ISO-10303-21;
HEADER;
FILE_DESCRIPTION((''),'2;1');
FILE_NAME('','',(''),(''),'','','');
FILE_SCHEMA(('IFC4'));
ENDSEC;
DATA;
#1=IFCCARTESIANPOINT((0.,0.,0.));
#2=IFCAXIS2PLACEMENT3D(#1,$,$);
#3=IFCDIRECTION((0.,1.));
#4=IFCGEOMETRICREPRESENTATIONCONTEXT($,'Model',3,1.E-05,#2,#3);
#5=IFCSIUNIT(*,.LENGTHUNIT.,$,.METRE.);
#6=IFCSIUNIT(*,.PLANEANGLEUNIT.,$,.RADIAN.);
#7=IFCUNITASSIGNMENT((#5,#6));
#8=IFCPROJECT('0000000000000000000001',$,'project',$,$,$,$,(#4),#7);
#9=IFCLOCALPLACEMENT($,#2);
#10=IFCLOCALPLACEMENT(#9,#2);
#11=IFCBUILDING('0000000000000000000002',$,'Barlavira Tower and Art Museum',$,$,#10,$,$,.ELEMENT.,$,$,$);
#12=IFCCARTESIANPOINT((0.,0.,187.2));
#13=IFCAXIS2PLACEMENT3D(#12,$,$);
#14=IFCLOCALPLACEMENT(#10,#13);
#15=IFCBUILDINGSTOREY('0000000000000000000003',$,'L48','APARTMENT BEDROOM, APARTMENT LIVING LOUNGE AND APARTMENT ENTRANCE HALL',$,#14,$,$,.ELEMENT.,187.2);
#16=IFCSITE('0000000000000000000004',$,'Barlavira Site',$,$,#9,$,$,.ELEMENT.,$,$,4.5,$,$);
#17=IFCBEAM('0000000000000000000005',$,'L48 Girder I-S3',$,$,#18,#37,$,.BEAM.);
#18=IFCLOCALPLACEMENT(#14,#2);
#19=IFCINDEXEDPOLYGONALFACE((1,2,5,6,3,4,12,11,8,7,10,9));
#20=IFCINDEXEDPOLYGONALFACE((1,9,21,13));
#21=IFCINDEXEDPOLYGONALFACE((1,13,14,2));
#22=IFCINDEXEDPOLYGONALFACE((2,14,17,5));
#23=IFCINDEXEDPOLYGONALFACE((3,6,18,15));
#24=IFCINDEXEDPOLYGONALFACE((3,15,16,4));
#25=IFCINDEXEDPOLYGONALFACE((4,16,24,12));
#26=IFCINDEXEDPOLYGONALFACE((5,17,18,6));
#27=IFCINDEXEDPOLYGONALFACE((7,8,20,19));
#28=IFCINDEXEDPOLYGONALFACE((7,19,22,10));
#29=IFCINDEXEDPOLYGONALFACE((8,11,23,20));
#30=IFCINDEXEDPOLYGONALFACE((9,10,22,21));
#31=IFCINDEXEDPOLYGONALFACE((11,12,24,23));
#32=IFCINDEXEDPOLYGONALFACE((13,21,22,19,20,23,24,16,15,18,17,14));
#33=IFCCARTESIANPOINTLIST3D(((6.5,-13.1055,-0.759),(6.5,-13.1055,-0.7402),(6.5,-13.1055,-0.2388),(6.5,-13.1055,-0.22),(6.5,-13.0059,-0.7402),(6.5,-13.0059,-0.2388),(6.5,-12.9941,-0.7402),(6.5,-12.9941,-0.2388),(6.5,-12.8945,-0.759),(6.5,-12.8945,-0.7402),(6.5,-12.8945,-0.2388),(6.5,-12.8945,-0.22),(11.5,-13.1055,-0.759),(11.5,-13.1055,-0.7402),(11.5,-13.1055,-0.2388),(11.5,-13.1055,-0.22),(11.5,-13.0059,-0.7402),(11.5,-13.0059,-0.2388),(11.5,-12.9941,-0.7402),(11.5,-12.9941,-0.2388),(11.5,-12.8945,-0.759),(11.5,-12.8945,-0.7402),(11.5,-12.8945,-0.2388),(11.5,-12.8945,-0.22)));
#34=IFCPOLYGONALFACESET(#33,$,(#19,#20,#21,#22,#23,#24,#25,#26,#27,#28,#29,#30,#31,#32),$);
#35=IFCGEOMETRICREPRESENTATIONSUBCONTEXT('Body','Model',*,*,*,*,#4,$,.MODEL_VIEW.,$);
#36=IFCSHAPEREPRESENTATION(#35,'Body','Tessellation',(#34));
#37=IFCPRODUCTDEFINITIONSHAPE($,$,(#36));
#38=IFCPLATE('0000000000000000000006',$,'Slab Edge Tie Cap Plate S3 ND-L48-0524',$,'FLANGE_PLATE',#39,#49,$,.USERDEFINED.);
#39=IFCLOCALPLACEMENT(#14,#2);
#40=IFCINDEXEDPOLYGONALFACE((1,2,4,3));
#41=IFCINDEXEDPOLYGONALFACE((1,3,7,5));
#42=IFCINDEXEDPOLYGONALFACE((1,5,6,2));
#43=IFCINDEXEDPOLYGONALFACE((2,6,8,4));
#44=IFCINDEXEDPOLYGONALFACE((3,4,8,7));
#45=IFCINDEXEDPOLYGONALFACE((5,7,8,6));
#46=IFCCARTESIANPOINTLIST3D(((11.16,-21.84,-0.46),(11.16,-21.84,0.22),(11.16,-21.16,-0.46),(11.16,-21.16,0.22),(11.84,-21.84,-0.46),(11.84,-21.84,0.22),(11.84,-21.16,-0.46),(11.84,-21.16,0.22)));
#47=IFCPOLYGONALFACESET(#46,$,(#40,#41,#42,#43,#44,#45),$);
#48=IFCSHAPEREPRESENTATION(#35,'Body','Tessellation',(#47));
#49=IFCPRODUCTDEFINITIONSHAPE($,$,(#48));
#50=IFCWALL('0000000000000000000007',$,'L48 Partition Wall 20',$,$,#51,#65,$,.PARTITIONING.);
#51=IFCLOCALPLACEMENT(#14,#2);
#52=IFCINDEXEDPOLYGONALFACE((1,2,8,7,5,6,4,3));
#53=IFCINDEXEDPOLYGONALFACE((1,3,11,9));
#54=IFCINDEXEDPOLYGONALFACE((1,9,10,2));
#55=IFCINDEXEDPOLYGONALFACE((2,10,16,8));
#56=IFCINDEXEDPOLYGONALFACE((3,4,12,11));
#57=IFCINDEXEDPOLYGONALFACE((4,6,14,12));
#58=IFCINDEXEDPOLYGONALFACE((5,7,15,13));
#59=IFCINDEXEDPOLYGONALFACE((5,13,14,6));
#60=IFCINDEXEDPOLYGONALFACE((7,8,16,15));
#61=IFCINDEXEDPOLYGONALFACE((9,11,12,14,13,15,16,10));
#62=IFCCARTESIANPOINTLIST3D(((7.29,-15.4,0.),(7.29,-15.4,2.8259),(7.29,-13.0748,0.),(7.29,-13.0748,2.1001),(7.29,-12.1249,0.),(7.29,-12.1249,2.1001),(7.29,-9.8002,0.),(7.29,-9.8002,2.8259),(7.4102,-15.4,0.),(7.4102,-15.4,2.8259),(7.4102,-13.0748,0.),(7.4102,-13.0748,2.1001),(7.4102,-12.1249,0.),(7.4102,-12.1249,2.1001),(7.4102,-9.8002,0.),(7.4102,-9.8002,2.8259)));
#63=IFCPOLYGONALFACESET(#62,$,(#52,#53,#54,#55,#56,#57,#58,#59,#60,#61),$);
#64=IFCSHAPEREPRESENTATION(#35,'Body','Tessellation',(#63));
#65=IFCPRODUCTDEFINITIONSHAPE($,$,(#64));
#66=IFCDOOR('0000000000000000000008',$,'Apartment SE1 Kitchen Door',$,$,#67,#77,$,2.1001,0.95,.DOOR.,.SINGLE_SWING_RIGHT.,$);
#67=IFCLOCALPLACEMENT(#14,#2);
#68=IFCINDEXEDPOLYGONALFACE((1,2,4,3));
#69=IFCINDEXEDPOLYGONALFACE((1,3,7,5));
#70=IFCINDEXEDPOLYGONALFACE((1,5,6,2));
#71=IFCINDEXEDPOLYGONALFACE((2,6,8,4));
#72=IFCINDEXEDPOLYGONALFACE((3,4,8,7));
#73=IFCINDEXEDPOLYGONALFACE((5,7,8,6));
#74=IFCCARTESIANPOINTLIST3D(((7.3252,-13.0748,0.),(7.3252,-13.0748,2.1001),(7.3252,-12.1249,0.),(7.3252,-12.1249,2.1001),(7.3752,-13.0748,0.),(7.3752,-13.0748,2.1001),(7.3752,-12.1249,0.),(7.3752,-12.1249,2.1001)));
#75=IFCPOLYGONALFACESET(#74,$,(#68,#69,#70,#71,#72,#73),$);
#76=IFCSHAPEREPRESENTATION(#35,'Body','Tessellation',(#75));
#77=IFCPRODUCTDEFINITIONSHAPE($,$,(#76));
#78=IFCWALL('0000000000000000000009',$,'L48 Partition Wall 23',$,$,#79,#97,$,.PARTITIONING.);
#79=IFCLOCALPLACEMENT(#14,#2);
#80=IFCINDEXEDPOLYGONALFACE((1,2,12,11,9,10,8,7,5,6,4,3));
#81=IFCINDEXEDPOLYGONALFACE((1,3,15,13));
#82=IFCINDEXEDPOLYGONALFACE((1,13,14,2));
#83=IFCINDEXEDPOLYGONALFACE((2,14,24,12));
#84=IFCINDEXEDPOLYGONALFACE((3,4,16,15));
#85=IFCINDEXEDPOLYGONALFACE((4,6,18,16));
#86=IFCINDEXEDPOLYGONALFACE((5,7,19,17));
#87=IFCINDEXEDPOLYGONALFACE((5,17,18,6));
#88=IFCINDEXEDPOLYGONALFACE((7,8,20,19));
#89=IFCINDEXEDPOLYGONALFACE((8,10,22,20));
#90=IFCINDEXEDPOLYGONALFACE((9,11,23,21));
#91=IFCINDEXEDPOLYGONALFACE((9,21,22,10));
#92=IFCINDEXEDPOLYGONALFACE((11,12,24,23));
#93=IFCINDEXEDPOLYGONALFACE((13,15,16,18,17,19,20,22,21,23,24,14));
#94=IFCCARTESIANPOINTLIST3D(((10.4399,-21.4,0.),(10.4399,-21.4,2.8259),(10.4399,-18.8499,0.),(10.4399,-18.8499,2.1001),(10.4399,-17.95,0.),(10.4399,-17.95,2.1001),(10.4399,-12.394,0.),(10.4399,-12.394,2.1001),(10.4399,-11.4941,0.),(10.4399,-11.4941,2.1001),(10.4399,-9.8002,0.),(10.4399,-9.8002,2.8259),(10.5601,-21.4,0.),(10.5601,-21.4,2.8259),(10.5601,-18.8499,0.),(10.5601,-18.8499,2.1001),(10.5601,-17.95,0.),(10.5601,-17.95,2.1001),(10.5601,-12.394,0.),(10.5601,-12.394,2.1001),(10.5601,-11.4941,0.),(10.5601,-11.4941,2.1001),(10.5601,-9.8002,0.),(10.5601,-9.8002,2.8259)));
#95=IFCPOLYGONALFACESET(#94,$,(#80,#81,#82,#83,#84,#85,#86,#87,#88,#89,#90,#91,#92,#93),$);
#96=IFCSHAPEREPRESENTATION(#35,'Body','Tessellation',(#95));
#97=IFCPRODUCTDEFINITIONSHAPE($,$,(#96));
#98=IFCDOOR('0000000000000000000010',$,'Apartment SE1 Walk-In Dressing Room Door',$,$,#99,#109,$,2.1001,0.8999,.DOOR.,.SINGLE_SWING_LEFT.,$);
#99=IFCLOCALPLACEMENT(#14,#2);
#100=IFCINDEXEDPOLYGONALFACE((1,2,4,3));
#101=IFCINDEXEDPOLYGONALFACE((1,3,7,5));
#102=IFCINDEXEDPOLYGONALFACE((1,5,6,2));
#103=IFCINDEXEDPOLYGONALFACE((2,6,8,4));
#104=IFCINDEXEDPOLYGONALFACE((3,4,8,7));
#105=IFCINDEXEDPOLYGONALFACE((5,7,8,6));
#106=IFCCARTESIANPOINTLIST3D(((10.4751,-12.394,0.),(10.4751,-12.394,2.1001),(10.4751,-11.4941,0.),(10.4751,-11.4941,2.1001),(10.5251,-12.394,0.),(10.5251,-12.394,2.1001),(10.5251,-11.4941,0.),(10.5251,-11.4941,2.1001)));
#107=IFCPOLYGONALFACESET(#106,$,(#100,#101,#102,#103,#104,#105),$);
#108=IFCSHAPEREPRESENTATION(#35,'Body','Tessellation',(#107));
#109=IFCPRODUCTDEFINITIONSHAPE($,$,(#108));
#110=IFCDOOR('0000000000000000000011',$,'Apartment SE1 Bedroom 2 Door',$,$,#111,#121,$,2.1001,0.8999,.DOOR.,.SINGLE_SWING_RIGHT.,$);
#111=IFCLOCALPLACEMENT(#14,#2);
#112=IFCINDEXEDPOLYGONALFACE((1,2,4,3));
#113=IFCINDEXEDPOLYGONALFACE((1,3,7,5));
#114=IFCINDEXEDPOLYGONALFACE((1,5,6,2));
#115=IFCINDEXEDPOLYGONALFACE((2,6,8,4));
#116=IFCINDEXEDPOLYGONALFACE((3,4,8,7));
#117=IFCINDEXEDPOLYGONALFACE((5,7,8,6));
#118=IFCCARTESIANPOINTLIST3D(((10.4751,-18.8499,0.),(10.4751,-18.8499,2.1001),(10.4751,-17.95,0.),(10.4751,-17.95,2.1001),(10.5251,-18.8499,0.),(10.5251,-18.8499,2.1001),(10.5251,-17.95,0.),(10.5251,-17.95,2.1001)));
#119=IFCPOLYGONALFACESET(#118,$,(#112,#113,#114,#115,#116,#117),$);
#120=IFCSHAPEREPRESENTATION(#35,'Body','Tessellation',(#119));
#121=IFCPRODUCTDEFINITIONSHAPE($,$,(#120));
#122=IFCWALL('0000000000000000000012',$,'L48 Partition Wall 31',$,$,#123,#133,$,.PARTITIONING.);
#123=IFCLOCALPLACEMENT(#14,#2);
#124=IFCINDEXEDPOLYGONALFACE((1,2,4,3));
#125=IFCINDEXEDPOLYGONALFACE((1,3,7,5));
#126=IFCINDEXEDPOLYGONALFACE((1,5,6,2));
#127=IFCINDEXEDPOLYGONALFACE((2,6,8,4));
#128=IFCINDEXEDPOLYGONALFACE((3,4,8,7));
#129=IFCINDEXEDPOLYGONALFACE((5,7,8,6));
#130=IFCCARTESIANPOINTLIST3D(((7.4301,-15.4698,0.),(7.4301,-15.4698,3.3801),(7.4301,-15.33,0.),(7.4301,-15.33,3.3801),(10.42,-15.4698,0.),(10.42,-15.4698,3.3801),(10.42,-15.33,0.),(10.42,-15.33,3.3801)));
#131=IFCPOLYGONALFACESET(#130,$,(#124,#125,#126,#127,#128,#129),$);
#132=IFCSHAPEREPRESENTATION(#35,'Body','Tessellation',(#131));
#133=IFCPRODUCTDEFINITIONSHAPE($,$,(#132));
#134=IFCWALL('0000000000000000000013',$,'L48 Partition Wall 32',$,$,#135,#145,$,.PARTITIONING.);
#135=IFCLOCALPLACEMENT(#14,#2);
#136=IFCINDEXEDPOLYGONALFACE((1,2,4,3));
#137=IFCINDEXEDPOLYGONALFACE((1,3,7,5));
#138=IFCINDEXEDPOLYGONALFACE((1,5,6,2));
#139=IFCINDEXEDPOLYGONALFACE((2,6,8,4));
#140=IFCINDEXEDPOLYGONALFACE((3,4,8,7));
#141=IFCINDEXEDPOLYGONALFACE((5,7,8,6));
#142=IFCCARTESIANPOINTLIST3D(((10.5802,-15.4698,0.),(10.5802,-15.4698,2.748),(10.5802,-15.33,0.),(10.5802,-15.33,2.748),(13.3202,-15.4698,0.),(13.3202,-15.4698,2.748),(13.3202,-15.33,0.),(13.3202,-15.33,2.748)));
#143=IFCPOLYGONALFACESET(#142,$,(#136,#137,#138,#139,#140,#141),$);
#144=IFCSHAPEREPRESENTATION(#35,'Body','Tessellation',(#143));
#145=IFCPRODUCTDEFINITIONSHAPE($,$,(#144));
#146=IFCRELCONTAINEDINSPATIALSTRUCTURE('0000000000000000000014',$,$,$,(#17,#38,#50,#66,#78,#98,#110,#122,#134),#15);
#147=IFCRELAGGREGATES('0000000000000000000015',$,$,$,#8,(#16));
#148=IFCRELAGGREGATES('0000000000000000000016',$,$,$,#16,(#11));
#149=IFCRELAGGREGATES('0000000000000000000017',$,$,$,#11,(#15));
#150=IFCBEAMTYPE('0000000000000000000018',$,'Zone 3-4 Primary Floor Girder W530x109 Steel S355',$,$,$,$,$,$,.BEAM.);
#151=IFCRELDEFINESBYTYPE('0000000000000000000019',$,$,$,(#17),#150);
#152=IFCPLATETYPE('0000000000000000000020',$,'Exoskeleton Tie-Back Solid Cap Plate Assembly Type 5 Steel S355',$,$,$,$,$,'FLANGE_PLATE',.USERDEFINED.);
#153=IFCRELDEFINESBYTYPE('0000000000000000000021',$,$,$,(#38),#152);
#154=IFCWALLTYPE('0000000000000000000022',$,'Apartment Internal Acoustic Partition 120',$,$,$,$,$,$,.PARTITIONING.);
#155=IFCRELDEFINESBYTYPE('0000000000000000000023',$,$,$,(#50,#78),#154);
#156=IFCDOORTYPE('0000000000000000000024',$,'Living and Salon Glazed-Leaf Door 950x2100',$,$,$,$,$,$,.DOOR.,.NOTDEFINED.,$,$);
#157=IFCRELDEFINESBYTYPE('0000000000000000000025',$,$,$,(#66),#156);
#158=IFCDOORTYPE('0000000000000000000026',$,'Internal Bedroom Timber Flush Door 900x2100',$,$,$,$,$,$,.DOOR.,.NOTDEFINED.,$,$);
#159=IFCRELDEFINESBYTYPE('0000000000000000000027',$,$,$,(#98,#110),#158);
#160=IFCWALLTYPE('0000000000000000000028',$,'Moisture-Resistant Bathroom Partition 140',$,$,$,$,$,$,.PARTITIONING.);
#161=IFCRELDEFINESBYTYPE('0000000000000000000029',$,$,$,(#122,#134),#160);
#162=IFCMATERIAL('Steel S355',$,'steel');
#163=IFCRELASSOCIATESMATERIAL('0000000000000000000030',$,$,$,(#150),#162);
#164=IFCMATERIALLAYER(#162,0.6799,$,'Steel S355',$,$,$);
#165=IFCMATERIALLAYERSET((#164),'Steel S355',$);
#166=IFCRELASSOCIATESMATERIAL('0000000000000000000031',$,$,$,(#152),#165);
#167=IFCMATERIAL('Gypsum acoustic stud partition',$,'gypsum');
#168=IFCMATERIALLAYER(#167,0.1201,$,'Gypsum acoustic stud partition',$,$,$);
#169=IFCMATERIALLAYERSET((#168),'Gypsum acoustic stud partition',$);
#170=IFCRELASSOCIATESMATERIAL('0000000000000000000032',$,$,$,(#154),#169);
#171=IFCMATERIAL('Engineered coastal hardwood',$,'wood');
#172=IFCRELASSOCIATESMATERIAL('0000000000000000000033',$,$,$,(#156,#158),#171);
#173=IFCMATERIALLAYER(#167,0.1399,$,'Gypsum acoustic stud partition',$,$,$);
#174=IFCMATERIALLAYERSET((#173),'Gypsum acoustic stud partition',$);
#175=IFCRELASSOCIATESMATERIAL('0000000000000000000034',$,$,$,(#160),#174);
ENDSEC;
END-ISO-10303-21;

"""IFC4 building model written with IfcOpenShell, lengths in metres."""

from ifc_helpers import new_model, si_unit, direction, frame, frame_2d, origin, origin_2d, place, context, subcontext, project, spatial, rectangle, i_section, extrude, material, layer, layer_set, material_profile, profile_set, type_object, element, fill, save


model = new_model("IFC4")

# Units and contexts
model_context = context("Model", 3, precision=1e-05, world=origin(), true_north=direction((0.0, 1.0)))
body_context = subcontext(model_context, "Body", "Model", "MODEL_VIEW")
ifc_project = project(units=[si_unit("LENGTHUNIT", "METRE"), si_unit("PLANEANGLEUNIT", "RADIAN")], contexts=[model_context])

# Site, building, storey
site_placement = place(None, origin())
site = spatial("IfcSite", under=ifc_project, at=site_placement, Name="Barlavira Site", CompositionType="ELEMENT", RefElevation=4.5)
building_placement = place(site_placement, origin())
building = spatial("IfcBuilding", under=site, at=building_placement, Name="Barlavira Tower and Art Museum", CompositionType="ELEMENT")
storey_placement = place(building_placement, frame((0.0, 0.0, 187.2)))
storey = spatial("IfcBuildingStorey", under=building, at=storey_placement, Name="L48", Description="APARTMENT BEDROOM, APARTMENT LIVING LOUNGE AND APARTMENT ENTRANCE HALL", CompositionType="ELEMENT", Elevation=187.2)

# Shared definitions
ifc_material_1 = material(Name="Steel S355", Category="steel")

# Beam
ifc_material_profile_1 = material_profile(ifc_material_1, i_section(OverallWidth=0.2109, OverallDepth=0.5391, WebThickness=0.0117, FlangeThickness=0.0188, at=origin_2d()), Name="W530x109.0")
ifc_profile_set_1 = profile_set([ifc_material_profile_1], Name="Steel S355")
beam_type_1 = type_object("IfcBeamType", Name="Zone 3-4 Primary Floor Girder W530x109 Steel S355", PredefinedType="BEAM", material=ifc_profile_set_1)
beam_1_placement = place(storey_placement, frame((6.5, -13.0, -0.4895), z_axis=(1.0, 0.0, 0.0), x_axis=(0.0, 1.0, 0.0)))
element("IfcBeam", 1, at=beam_1_placement, inside=storey, type_object=beam_type_1, Name="L48 Girder I-S3", PredefinedType="BEAM", context=body_context, shape_type="SweptSolid", body=[
    extrude(i_section(OverallWidth=0.2109, OverallDepth=0.5391, WebThickness=0.0117, FlangeThickness=0.0188, at=origin_2d()), origin(), (0.0, 0.0, 1.0), 5.0),
])

# Plate
ifc_layer_1 = layer(ifc_material_1, 0.6799, Name="Steel S355")
ifc_layer_set_1 = layer_set([ifc_layer_1], Name="Steel S355")
plate_type = type_object("IfcPlateType", Name="Exoskeleton Tie-Back Solid Cap Plate Assembly Type 5 Steel S355", ElementType="FLANGE_PLATE", PredefinedType="USERDEFINED", material=ifc_layer_set_1)
plate_placement = place(storey_placement, frame((11.5, -21.5, -0.46), z_axis=(0.0, 0.0, 1.0), x_axis=(1.0, 0.0, 0.0)))
element("IfcPlate", 2, at=plate_placement, inside=storey, type_object=plate_type, Name="Slab Edge Tie Cap Plate S3 ND-L48-0524", ObjectType="FLANGE_PLATE", PredefinedType="USERDEFINED", context=body_context, shape_type="SweptSolid", body=[
    extrude(rectangle(XDim=0.6799, YDim=0.6799, at=origin_2d()), origin(), (0.0, 0.0, 1.0), 0.6799),
])

# Wall, opening, door
ifc_material_2 = material(Name="Gypsum acoustic stud partition", Category="gypsum")
ifc_layer_2 = layer(ifc_material_2, 0.1201, Name="Gypsum acoustic stud partition")
ifc_layer_set_2 = layer_set([ifc_layer_2], Name="Gypsum acoustic stud partition")
wall_type_1 = type_object("IfcWallType", Name="Apartment Internal Acoustic Partition 120", PredefinedType="PARTITIONING", material=ifc_layer_set_2)
wall_1_placement = place(storey_placement, frame((7.3501, -15.3999, 0.0), z_axis=(0.0, 0.0, 1.0), x_axis=(0.0, 1.0, 0.0)))
wall_1 = element("IfcWall", 3, at=wall_1_placement, inside=storey, type_object=wall_type_1, Name="L48 Partition Wall 20", PredefinedType="PARTITIONING", context=body_context, shape_type="SweptSolid", body=[
    extrude(rectangle(XDim=5.5999, YDim=0.1201, at=frame_2d((2.7998, 0.0))), origin(), (0.0, 0.0, 1.0), 2.8259),
])
opening_1_placement = place(wall_1_placement, frame((2.325, 0.0, 0.0)))
opening_1 = element("IfcOpeningElement", 4, at=opening_1_placement, cuts=wall_1, PredefinedType="OPENING", context=body_context, shape_type="SweptSolid", body=[
    extrude(rectangle(XDim=0.95, YDim=2.1001, at=frame_2d((0.4751, 1.05))), frame((0.0, 0.0701, 0.0), z_axis=(0.0, -1.0, 0.0), x_axis=(1.0, 0.0, 0.0)), (0.0, 0.0, 1.0), 0.1401),
])
ifc_material_3 = material(Name="Engineered coastal hardwood", Category="wood")
door_type_1 = type_object("IfcDoorType", Name="Living and Salon Glazed-Leaf Door 950x2100", OperationType="NOTDEFINED", PredefinedType="DOOR", material=ifc_material_3)
door_1_placement = place(opening_1_placement, origin())
door_1 = element("IfcDoor", 5, at=door_1_placement, inside=storey, type_object=door_type_1, Name="Apartment SE1 Kitchen Door", OperationType="SINGLE_SWING_RIGHT", OverallHeight=2.1001, OverallWidth=0.95, PredefinedType="DOOR", context=body_context, shape_type="SweptSolid", body=[
    extrude(rectangle(XDim=0.95, YDim=2.1001, at=frame_2d((0.4751, 1.05))), frame((0.0, 0.0249, 0.0), z_axis=(0.0, -1.0, 0.0), x_axis=(1.0, 0.0, 0.0)), (0.0, 0.0, 1.0), 0.05),
])
fill(opening_1, door_1)

# Wall, openings, doors
wall_2_placement = place(storey_placement, frame((10.5, -21.3999, 0.0), z_axis=(0.0, 0.0, 1.0), x_axis=(0.0, 1.0, 0.0)))
wall_2 = element("IfcWall", 6, at=wall_2_placement, inside=storey, type_object=wall_type_1, Name="L48 Partition Wall 23", PredefinedType="PARTITIONING", context=body_context, shape_type="SweptSolid", body=[
    extrude(rectangle(XDim=11.5999, YDim=0.1201, at=frame_2d((5.7998, 0.0))), origin(), (0.0, 0.0, 1.0), 2.8259),
])
opening_2_placement = place(wall_2_placement, frame((9.0059, 0.0, 0.0)))
opening_2 = element("IfcOpeningElement", 7, at=opening_2_placement, cuts=wall_2, PredefinedType="OPENING", context=body_context, shape_type="SweptSolid", body=[
    extrude(rectangle(XDim=0.8999, YDim=2.1001, at=frame_2d((0.45, 1.05))), frame((0.0, 0.0701, 0.0), z_axis=(0.0, -1.0, 0.0), x_axis=(1.0, 0.0, 0.0)), (0.0, 0.0, 1.0), 0.1401),
])
opening_3_placement = place(wall_2_placement, frame((2.55, 0.0, 0.0)))
opening_3 = element("IfcOpeningElement", 8, at=opening_3_placement, cuts=wall_2, PredefinedType="OPENING", context=body_context, shape_type="SweptSolid", body=[
    extrude(rectangle(XDim=0.8999, YDim=2.1001, at=frame_2d((0.45, 1.05))), frame((0.0, 0.0701, 0.0), z_axis=(0.0, -1.0, 0.0), x_axis=(1.0, 0.0, 0.0)), (0.0, 0.0, 1.0), 0.1401),
])
door_type_2 = type_object("IfcDoorType", Name="Internal Bedroom Timber Flush Door 900x2100", OperationType="NOTDEFINED", PredefinedType="DOOR", material=ifc_material_3)
door_2_placement = place(opening_2_placement, origin())
door_2 = element("IfcDoor", 9, at=door_2_placement, inside=storey, type_object=door_type_2, Name="Apartment SE1 Walk-In Dressing Room Door", OperationType="SINGLE_SWING_LEFT", OverallHeight=2.1001, OverallWidth=0.8999, PredefinedType="DOOR", context=body_context, shape_type="SweptSolid", body=[
    extrude(rectangle(XDim=0.8999, YDim=2.1001, at=frame_2d((0.45, 1.05))), frame((0.0, 0.0249, 0.0), z_axis=(0.0, -1.0, 0.0), x_axis=(1.0, 0.0, 0.0)), (0.0, 0.0, 1.0), 0.05),
])
fill(opening_2, door_2)
door_3_placement = place(opening_3_placement, origin())
door_3 = element("IfcDoor", 10, at=door_3_placement, inside=storey, type_object=door_type_2, Name="Apartment SE1 Bedroom 2 Door", OperationType="SINGLE_SWING_RIGHT", OverallHeight=2.1001, OverallWidth=0.8999, PredefinedType="DOOR", context=body_context, shape_type="SweptSolid", body=[
    extrude(rectangle(XDim=0.8999, YDim=2.1001, at=frame_2d((0.45, 1.05))), frame((0.0, 0.0249, 0.0), z_axis=(0.0, -1.0, 0.0), x_axis=(1.0, 0.0, 0.0)), (0.0, 0.0, 1.0), 0.05),
])
fill(opening_3, door_3)

# Walls
ifc_layer_3 = layer(ifc_material_2, 0.1399, Name="Gypsum acoustic stud partition")
ifc_layer_set_3 = layer_set([ifc_layer_3], Name="Gypsum acoustic stud partition")
wall_type_2 = type_object("IfcWallType", Name="Moisture-Resistant Bathroom Partition 140", PredefinedType="PARTITIONING", material=ifc_layer_set_3)
wall_3_placement = place(storey_placement, frame((7.4299, -15.3999, 0.0), z_axis=(0.0, 0.0, 1.0), x_axis=(1.0, 0.0, 0.0)))
element("IfcWall", 11, at=wall_3_placement, inside=storey, type_object=wall_type_2, Name="L48 Partition Wall 31", PredefinedType="PARTITIONING", context=body_context, shape_type="SweptSolid", body=[
    extrude(rectangle(XDim=2.99, YDim=0.1399, at=frame_2d((1.4951, 0.0))), origin(), (0.0, 0.0, 1.0), 3.3801),
])
wall_4_placement = place(storey_placement, frame((10.5801, -15.3999, 0.0), z_axis=(0.0, 0.0, 1.0), x_axis=(1.0, 0.0, 0.0)))
element("IfcWall", 12, at=wall_4_placement, inside=storey, type_object=wall_type_2, Name="L48 Partition Wall 32", PredefinedType="PARTITIONING", context=body_context, shape_type="SweptSolid", body=[
    extrude(rectangle(XDim=2.74, YDim=0.1399, at=frame_2d((1.3701, 0.0))), origin(), (0.0, 0.0, 1.0), 2.748),
])

save(model, "model.ifc")
